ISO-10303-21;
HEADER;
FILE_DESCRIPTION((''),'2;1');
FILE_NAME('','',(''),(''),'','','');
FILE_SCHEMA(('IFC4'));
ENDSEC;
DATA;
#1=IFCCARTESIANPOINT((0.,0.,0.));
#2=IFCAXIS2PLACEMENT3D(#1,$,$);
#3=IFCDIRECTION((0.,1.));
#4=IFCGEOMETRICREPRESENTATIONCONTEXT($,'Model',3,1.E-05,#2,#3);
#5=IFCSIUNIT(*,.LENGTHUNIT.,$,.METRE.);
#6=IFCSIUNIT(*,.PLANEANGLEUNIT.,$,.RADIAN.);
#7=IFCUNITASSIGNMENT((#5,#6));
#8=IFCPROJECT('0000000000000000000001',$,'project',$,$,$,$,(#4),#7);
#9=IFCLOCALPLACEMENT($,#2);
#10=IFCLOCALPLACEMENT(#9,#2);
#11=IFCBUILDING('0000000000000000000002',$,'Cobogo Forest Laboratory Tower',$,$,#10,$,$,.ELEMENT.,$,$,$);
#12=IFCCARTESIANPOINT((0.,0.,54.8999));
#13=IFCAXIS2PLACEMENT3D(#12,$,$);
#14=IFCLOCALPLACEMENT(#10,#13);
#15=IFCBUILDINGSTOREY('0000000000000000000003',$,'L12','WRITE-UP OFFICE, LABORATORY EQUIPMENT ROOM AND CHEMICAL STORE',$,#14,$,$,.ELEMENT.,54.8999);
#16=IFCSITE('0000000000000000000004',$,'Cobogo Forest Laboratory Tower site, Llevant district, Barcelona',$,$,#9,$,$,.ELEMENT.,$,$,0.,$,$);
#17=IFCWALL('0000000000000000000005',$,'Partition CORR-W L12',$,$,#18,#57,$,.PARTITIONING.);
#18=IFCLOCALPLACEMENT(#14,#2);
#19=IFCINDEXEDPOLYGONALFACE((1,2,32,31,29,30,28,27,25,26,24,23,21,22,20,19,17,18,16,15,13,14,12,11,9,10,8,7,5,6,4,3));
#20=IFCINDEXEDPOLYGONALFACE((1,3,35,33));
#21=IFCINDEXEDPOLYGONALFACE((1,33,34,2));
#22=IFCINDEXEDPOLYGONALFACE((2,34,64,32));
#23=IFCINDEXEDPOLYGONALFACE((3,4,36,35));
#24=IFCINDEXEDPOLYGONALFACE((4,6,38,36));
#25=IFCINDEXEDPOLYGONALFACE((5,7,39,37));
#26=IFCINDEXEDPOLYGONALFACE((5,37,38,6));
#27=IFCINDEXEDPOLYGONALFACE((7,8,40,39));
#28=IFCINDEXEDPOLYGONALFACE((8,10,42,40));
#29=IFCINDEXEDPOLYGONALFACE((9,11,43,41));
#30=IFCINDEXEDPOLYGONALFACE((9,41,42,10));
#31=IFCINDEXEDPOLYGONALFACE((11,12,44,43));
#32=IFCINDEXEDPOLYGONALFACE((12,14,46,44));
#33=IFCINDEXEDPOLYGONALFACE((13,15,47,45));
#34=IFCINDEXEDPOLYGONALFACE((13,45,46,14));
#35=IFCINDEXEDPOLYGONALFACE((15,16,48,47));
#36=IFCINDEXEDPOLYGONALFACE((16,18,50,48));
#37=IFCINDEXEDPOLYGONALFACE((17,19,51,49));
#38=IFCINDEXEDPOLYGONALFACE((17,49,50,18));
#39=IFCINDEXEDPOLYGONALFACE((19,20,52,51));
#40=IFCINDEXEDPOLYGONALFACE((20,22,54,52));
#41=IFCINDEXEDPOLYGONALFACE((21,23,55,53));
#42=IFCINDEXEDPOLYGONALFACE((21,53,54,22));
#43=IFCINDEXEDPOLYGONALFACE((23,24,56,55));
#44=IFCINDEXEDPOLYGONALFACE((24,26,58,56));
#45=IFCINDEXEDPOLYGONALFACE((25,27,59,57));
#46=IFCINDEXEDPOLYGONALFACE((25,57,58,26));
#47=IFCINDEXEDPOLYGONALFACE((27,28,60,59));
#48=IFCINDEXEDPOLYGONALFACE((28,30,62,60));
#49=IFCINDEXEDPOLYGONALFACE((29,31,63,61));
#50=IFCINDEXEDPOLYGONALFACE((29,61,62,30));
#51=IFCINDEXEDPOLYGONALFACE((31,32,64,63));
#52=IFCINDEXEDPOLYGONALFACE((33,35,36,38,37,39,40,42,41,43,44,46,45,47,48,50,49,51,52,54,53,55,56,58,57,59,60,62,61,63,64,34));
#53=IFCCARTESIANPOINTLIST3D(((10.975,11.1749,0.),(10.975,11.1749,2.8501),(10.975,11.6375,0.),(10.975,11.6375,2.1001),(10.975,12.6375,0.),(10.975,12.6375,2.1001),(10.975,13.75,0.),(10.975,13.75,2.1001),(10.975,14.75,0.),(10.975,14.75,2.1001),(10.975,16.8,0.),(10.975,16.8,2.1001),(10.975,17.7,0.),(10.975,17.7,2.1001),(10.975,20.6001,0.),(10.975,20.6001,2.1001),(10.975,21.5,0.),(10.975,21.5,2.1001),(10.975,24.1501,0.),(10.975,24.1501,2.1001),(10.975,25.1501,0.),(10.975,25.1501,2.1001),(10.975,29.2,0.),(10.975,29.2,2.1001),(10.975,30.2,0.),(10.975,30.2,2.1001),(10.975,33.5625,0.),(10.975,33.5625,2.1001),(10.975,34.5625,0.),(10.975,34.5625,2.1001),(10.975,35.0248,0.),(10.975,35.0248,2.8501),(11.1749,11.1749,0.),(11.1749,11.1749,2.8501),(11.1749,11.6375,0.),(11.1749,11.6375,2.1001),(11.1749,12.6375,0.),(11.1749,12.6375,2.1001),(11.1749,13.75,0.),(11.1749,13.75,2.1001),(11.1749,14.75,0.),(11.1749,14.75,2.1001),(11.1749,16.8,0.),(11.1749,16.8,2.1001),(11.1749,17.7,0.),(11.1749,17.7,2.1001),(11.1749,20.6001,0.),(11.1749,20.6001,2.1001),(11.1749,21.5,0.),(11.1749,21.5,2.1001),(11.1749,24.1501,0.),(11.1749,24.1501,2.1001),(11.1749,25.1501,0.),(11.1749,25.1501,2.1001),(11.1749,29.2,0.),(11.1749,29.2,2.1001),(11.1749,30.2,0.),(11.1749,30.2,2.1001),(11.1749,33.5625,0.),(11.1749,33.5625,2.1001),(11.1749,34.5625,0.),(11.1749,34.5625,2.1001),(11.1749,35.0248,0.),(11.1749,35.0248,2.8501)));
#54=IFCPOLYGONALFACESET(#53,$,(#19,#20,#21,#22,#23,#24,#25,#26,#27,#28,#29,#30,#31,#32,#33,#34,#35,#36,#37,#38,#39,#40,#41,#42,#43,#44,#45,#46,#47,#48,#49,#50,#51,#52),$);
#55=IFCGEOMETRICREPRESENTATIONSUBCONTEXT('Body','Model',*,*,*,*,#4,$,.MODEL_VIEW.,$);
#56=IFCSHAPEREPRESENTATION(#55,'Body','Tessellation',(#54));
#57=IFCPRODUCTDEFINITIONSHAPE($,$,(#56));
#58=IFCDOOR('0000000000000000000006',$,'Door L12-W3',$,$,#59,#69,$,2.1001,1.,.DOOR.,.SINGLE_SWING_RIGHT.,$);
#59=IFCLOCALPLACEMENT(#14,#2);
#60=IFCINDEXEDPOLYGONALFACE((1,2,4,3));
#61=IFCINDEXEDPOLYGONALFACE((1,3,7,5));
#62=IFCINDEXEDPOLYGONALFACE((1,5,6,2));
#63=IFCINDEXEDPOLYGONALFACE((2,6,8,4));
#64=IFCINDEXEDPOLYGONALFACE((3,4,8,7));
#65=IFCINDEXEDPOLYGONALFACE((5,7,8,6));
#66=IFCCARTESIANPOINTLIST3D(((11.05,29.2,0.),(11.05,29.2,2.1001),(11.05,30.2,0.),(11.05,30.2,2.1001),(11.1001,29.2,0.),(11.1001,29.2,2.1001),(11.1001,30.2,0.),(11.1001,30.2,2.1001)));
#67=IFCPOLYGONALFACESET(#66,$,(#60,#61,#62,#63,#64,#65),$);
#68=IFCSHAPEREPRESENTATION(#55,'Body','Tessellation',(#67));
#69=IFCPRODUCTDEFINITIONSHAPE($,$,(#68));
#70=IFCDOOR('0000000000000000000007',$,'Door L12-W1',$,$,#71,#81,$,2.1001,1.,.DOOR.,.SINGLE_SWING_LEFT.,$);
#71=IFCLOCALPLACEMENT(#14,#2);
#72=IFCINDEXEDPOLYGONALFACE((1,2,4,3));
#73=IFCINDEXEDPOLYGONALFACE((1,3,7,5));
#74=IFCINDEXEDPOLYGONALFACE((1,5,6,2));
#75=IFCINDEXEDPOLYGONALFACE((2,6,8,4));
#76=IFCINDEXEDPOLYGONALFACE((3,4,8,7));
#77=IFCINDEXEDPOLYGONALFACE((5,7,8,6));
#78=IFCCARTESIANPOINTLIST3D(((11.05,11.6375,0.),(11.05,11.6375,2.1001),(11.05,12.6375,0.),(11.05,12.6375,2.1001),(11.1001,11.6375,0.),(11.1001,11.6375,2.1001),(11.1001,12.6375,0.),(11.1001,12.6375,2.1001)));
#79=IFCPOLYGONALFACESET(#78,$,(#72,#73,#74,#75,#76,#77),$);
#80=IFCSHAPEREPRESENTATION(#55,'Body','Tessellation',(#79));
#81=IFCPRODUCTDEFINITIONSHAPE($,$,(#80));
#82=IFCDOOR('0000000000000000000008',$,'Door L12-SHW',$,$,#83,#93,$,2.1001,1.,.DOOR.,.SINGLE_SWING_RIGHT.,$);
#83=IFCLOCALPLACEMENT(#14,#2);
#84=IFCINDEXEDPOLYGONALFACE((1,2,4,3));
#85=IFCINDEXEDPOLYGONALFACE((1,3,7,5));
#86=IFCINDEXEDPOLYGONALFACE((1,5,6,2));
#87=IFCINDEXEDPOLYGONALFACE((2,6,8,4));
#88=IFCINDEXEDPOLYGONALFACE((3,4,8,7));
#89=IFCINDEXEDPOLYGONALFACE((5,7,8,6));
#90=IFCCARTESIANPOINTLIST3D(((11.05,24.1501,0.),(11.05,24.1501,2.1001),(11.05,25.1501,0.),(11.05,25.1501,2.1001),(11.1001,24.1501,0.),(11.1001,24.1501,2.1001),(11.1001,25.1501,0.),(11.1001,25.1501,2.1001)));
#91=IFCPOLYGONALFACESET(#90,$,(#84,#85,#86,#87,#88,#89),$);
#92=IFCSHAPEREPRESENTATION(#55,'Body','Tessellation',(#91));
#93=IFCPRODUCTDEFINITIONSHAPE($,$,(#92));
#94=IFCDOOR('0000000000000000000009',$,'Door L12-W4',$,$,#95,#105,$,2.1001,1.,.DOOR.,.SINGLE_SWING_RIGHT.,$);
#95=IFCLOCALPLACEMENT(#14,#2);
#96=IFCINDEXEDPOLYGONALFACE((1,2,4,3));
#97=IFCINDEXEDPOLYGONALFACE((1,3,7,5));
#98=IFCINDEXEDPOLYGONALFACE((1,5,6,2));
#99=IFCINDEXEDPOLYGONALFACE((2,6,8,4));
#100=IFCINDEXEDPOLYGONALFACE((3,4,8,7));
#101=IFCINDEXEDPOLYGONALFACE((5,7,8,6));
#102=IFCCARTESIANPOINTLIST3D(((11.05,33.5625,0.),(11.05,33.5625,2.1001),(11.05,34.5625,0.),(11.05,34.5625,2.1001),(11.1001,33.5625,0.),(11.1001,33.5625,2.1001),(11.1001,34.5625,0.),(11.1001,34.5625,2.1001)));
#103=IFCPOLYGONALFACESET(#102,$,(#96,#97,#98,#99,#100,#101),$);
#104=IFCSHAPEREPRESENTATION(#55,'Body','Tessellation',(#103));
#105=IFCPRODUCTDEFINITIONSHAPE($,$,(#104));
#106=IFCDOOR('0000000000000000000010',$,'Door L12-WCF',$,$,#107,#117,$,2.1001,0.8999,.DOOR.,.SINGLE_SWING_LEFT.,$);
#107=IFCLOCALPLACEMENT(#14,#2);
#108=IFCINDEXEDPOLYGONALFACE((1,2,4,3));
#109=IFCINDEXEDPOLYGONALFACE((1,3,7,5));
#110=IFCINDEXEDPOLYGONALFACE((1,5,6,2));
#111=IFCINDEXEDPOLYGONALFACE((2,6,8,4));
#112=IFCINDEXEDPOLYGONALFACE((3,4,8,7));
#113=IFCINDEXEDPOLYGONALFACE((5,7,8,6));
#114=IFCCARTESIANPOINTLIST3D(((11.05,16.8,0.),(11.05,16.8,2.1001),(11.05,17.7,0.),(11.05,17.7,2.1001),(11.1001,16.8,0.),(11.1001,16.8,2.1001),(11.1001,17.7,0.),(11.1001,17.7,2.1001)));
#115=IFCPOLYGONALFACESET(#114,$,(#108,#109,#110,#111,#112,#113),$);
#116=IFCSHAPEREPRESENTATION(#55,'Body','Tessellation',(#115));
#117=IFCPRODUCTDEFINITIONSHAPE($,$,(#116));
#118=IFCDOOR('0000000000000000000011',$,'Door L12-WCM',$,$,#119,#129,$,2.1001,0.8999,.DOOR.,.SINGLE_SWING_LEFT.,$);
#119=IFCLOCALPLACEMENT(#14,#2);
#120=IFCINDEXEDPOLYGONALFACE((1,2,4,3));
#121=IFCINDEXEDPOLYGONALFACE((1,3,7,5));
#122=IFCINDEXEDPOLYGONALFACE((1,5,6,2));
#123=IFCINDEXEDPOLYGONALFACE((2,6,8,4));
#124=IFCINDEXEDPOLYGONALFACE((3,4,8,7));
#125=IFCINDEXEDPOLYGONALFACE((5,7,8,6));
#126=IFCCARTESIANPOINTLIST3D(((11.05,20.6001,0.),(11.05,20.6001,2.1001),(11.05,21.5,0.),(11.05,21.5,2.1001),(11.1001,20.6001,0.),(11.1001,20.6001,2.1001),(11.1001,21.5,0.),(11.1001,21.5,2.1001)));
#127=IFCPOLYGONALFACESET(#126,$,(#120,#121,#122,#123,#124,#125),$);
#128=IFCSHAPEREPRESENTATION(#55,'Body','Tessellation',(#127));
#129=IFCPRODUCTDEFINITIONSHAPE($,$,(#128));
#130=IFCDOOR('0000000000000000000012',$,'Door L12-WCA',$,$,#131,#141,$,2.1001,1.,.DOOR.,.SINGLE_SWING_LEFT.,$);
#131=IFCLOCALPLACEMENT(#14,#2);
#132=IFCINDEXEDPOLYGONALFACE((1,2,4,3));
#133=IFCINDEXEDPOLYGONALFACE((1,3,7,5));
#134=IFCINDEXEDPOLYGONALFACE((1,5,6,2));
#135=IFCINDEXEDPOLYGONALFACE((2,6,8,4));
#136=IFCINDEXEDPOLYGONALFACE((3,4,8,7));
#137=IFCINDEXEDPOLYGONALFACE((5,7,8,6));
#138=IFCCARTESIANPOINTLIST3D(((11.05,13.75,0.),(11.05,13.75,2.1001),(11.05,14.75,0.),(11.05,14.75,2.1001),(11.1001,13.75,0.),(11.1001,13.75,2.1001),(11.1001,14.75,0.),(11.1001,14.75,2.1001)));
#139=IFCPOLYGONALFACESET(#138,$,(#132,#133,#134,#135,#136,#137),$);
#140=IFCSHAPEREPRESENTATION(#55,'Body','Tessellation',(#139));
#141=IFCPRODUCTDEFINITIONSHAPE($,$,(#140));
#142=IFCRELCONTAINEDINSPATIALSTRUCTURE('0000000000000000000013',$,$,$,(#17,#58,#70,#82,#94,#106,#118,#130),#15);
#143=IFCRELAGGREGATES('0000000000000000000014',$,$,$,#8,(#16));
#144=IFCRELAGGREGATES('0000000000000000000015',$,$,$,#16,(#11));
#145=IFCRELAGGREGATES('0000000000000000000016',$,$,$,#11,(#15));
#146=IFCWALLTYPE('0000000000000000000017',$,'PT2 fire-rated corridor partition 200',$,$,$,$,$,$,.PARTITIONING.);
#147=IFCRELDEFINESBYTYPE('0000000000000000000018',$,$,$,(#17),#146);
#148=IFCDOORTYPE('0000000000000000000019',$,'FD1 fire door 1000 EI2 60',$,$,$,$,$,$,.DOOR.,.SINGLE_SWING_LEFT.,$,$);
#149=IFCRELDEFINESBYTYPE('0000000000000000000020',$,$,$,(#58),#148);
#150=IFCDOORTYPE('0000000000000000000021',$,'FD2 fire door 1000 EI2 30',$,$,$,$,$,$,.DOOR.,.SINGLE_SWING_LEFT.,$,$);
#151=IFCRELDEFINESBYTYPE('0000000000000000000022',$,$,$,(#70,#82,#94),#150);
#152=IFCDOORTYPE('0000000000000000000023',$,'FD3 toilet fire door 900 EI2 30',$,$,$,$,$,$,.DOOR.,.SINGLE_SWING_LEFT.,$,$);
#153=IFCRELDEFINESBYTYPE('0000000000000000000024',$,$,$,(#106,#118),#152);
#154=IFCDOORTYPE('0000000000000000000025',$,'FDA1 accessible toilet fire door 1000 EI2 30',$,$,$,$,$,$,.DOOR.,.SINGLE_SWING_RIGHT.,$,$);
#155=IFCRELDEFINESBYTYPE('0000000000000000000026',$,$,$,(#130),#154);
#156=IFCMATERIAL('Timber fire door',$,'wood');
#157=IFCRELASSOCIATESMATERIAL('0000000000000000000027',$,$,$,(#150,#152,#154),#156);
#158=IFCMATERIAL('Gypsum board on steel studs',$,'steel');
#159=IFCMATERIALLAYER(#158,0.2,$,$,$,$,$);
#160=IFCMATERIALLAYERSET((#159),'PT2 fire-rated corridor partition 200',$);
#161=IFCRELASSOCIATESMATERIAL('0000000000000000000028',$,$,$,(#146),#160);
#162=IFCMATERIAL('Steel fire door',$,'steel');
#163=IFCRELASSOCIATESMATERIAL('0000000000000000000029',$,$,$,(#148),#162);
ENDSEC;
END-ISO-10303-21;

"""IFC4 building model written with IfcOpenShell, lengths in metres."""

from ifc_helpers import new_model, si_unit, direction, frame, frame_2d, origin, place, context, subcontext, project, spatial, rectangle, extrude, material, layer, layer_set, type_object, element, fill, save


model = new_model("IFC4")

# Units and contexts
model_context = context("Model", 3, precision=1e-05, world=origin(), true_north=direction((0.0, 1.0)))
body_context = subcontext(model_context, "Body", "Model", "MODEL_VIEW")
ifc_project = project(units=[si_unit("LENGTHUNIT", "METRE"), si_unit("PLANEANGLEUNIT", "RADIAN")], contexts=[model_context])

# Site, building, storey
site_placement = place(None, origin())
site = spatial("IfcSite", under=ifc_project, at=site_placement, Name="Cobogo Forest Laboratory Tower site, Llevant district, Barcelona", CompositionType="ELEMENT", RefElevation=0.0)
building_placement = place(site_placement, origin())
building = spatial("IfcBuilding", under=site, at=building_placement, Name="Cobogo Forest Laboratory Tower", CompositionType="ELEMENT")
storey_placement = place(building_placement, frame((0.0, 0.0, 54.8999)))
storey = spatial("IfcBuildingStorey", under=building, at=storey_placement, Name="L12", Description="WRITE-UP OFFICE, LABORATORY EQUIPMENT ROOM AND CHEMICAL STORE", CompositionType="ELEMENT", Elevation=54.8999)

# Shared definitions
ifc_material_1 = material(Name="Gypsum board on steel studs", Category="steel")

# Shared definitions
ifc_material_2 = material(Name="Timber fire door", Category="wood")
door_type_1 = type_object("IfcDoorType", Name="FD2 fire door 1000 EI2 30", OperationType="SINGLE_SWING_LEFT", PredefinedType="DOOR", material=ifc_material_2)
ifc_layer_1 = layer(ifc_material_1, 0.2)
ifc_layer_set_1 = layer_set([ifc_layer_1], Name="PT2 fire-rated corridor partition 200")
wall_type_1 = type_object("IfcWallType", Name="PT2 fire-rated corridor partition 200", PredefinedType="PARTITIONING", material=ifc_layer_set_1)

# Wall, openings, doors
wall_1_placement = place(storey_placement, frame((11.075, 11.175, 0.0), z_axis=(0.0, 0.0, 1.0), x_axis=(0.0, 1.0, 0.0)))
wall_1 = element("IfcWall", 1, at=wall_1_placement, inside=storey, type_object=wall_type_1, Name="Partition CORR-W L12", PredefinedType="PARTITIONING", context=body_context, shape_type="SweptSolid", body=[
    extrude(rectangle(XDim=23.8499, YDim=0.2, at=frame_2d((11.9248, 0.0))), origin(), (0.0, 0.0, 1.0), 2.8501),
])
opening_1_placement = place(wall_1_placement, frame((0.4624, 0.0, 0.0)))
opening_1 = element("IfcOpeningElement", 2, at=opening_1_placement, cuts=wall_1, PredefinedType="OPENING", context=body_context, shape_type="SweptSolid", body=[
    extrude(rectangle(XDim=1.0, YDim=2.1001, at=frame_2d((0.5, 1.05))), frame((0.0, 0.1099, 0.0), z_axis=(0.0, -1.0, 0.0), x_axis=(1.0, 0.0, 0.0)), (0.0, 0.0, 1.0), 0.22),
])
opening_2_placement = place(wall_1_placement, frame((2.575, 0.0, 0.0)))
opening_2 = element("IfcOpeningElement", 3, at=opening_2_placement, cuts=wall_1, PredefinedType="OPENING", context=body_context, shape_type="SweptSolid", body=[
    extrude(rectangle(XDim=1.0, YDim=2.1001, at=frame_2d((0.5, 1.05))), frame((0.0, 0.1099, 0.0), z_axis=(0.0, -1.0, 0.0), x_axis=(1.0, 0.0, 0.0)), (0.0, 0.0, 1.0), 0.22),
])
opening_3_placement = place(wall_1_placement, frame((5.625, 0.0, 0.0)))
opening_3 = element("IfcOpeningElement", 4, at=opening_3_placement, cuts=wall_1, PredefinedType="OPENING", context=body_context, shape_type="SweptSolid", body=[
    extrude(rectangle(XDim=0.8999, YDim=2.1001, at=frame_2d((0.45, 1.05))), frame((0.0, 0.1099, 0.0), z_axis=(0.0, -1.0, 0.0), x_axis=(1.0, 0.0, 0.0)), (0.0, 0.0, 1.0), 0.22),
])
opening_4_placement = place(wall_1_placement, frame((9.425, 0.0, 0.0)))
opening_4 = element("IfcOpeningElement", 5, at=opening_4_placement, cuts=wall_1, PredefinedType="OPENING", context=body_context, shape_type="SweptSolid", body=[
    extrude(rectangle(XDim=0.8999, YDim=2.1001, at=frame_2d((0.45, 1.05))), frame((0.0, 0.1099, 0.0), z_axis=(0.0, -1.0, 0.0), x_axis=(1.0, 0.0, 0.0)), (0.0, 0.0, 1.0), 0.22),
])
opening_5_placement = place(wall_1_placement, frame((12.9751, 0.0, 0.0)))
opening_5 = element("IfcOpeningElement", 6, at=opening_5_placement, cuts=wall_1, PredefinedType="OPENING", context=body_context, shape_type="SweptSolid", body=[
    extrude(rectangle(XDim=1.0, YDim=2.1001, at=frame_2d((0.5, 1.05))), frame((0.0, 0.1099, 0.0), z_axis=(0.0, -1.0, 0.0), x_axis=(1.0, 0.0, 0.0)), (0.0, 0.0, 1.0), 0.22),
])
opening_6_placement = place(wall_1_placement, frame((18.0249, 0.0, 0.0)))
opening_6 = element("IfcOpeningElement", 7, at=opening_6_placement, cuts=wall_1, PredefinedType="OPENING", context=body_context, shape_type="SweptSolid", body=[
    extrude(rectangle(XDim=1.0, YDim=2.1001, at=frame_2d((0.5, 1.05))), frame((0.0, 0.1099, 0.0), z_axis=(0.0, -1.0, 0.0), x_axis=(1.0, 0.0, 0.0)), (0.0, 0.0, 1.0), 0.22),
])
opening_7_placement = place(wall_1_placement, frame((22.3875, 0.0, 0.0)))
opening_7 = element("IfcOpeningElement", 8, at=opening_7_placement, cuts=wall_1, PredefinedType="OPENING", context=body_context, shape_type="SweptSolid", body=[
    extrude(rectangle(XDim=1.0, YDim=2.1001, at=frame_2d((0.5, 1.05))), frame((0.0, 0.1099, 0.0), z_axis=(0.0, -1.0, 0.0), x_axis=(1.0, 0.0, 0.0)), (0.0, 0.0, 1.0), 0.22),
])
ifc_material_3 = material(Name="Steel fire door", Category="steel")
door_type_2 = type_object("IfcDoorType", Name="FD1 fire door 1000 EI2 60", OperationType="SINGLE_SWING_LEFT", PredefinedType="DOOR", material=ifc_material_3)
door_1_placement = place(opening_6_placement, origin())
door_1 = element("IfcDoor", 9, at=door_1_placement, inside=storey, type_object=door_type_2, Name="Door L12-W3", OperationType="SINGLE_SWING_RIGHT", OverallHeight=2.1001, OverallWidth=1.0, PredefinedType="DOOR", context=body_context, shape_type="SweptSolid", body=[
    extrude(rectangle(XDim=1.0, YDim=2.1001, at=frame_2d((0.5, 1.05))), frame((0.0, 0.0249, 0.0), z_axis=(0.0, -1.0, 0.0), x_axis=(1.0, 0.0, 0.0)), (0.0, 0.0, 1.0), 0.05),
])
fill(opening_6, door_1)
door_2_placement = place(opening_1_placement, origin())
door_2 = element("IfcDoor", 10, at=door_2_placement, inside=storey, type_object=door_type_1, Name="Door L12-W1", OperationType="SINGLE_SWING_LEFT", OverallHeight=2.1001, OverallWidth=1.0, PredefinedType="DOOR", context=body_context, shape_type="SweptSolid", body=[
    extrude(rectangle(XDim=1.0, YDim=2.1001, at=frame_2d((0.5, 1.05))), frame((0.0, 0.0249, 0.0), z_axis=(0.0, -1.0, 0.0), x_axis=(1.0, 0.0, 0.0)), (0.0, 0.0, 1.0), 0.05),
])
fill(opening_1, door_2)
door_3_placement = place(opening_5_placement, origin())
door_3 = element("IfcDoor", 11, at=door_3_placement, inside=storey, type_object=door_type_1, Name="Door L12-SHW", OperationType="SINGLE_SWING_RIGHT", OverallHeight=2.1001, OverallWidth=1.0, PredefinedType="DOOR", context=body_context, shape_type="SweptSolid", body=[
    extrude(rectangle(XDim=1.0, YDim=2.1001, at=frame_2d((0.5, 1.05))), frame((0.0, 0.0249, 0.0), z_axis=(0.0, -1.0, 0.0), x_axis=(1.0, 0.0, 0.0)), (0.0, 0.0, 1.0), 0.05),
])
fill(opening_5, door_3)
door_4_placement = place(opening_7_placement, origin())
door_4 = element("IfcDoor", 12, at=door_4_placement, inside=storey, type_object=door_type_1, Name="Door L12-W4", OperationType="SINGLE_SWING_RIGHT", OverallHeight=2.1001, OverallWidth=1.0, PredefinedType="DOOR", context=body_context, shape_type="SweptSolid", body=[
    extrude(rectangle(XDim=1.0, YDim=2.1001, at=frame_2d((0.5, 1.05))), frame((0.0, 0.0249, 0.0), z_axis=(0.0, -1.0, 0.0), x_axis=(1.0, 0.0, 0.0)), (0.0, 0.0, 1.0), 0.05),
])
fill(opening_7, door_4)
door_type_3 = type_object("IfcDoorType", Name="FD3 toilet fire door 900 EI2 30", OperationType="SINGLE_SWING_LEFT", PredefinedType="DOOR", material=ifc_material_2)
door_5_placement = place(opening_3_placement, origin())
door_5 = element("IfcDoor", 13, at=door_5_placement, inside=storey, type_object=door_type_3, Name="Door L12-WCF", OperationType="SINGLE_SWING_LEFT", OverallHeight=2.1001, OverallWidth=0.8999, PredefinedType="DOOR", context=body_context, shape_type="SweptSolid", body=[
    extrude(rectangle(XDim=0.8999, YDim=2.1001, at=frame_2d((0.45, 1.05))), frame((0.0, 0.0249, 0.0), z_axis=(0.0, -1.0, 0.0), x_axis=(1.0, 0.0, 0.0)), (0.0, 0.0, 1.0), 0.05),
])
fill(opening_3, door_5)
door_6_placement = place(opening_4_placement, origin())
door_6 = element("IfcDoor", 14, at=door_6_placement, inside=storey, type_object=door_type_3, Name="Door L12-WCM", OperationType="SINGLE_SWING_LEFT", OverallHeight=2.1001, OverallWidth=0.8999, PredefinedType="DOOR", context=body_context, shape_type="SweptSolid", body=[
    extrude(rectangle(XDim=0.8999, YDim=2.1001, at=frame_2d((0.45, 1.05))), frame((0.0, 0.0249, 0.0), z_axis=(0.0, -1.0, 0.0), x_axis=(1.0, 0.0, 0.0)), (0.0, 0.0, 1.0), 0.05),
])
fill(opening_4, door_6)
door_type_4 = type_object("IfcDoorType", Name="FDA1 accessible toilet fire door 1000 EI2 30", OperationType="SINGLE_SWING_RIGHT", PredefinedType="DOOR", material=ifc_material_2)
door_7_placement = place(opening_2_placement, origin())
door_7 = element("IfcDoor", 15, at=door_7_placement, inside=storey, type_object=door_type_4, Name="Door L12-WCA", OperationType="SINGLE_SWING_LEFT", OverallHeight=2.1001, OverallWidth=1.0, PredefinedType="DOOR", context=body_context, shape_type="SweptSolid", body=[
    extrude(rectangle(XDim=1.0, YDim=2.1001, at=frame_2d((0.5, 1.05))), frame((0.0, 0.0249, 0.0), z_axis=(0.0, -1.0, 0.0), x_axis=(1.0, 0.0, 0.0)), (0.0, 0.0, 1.0), 0.05),
])
fill(opening_2, door_7)

save(model, "model.ifc")
